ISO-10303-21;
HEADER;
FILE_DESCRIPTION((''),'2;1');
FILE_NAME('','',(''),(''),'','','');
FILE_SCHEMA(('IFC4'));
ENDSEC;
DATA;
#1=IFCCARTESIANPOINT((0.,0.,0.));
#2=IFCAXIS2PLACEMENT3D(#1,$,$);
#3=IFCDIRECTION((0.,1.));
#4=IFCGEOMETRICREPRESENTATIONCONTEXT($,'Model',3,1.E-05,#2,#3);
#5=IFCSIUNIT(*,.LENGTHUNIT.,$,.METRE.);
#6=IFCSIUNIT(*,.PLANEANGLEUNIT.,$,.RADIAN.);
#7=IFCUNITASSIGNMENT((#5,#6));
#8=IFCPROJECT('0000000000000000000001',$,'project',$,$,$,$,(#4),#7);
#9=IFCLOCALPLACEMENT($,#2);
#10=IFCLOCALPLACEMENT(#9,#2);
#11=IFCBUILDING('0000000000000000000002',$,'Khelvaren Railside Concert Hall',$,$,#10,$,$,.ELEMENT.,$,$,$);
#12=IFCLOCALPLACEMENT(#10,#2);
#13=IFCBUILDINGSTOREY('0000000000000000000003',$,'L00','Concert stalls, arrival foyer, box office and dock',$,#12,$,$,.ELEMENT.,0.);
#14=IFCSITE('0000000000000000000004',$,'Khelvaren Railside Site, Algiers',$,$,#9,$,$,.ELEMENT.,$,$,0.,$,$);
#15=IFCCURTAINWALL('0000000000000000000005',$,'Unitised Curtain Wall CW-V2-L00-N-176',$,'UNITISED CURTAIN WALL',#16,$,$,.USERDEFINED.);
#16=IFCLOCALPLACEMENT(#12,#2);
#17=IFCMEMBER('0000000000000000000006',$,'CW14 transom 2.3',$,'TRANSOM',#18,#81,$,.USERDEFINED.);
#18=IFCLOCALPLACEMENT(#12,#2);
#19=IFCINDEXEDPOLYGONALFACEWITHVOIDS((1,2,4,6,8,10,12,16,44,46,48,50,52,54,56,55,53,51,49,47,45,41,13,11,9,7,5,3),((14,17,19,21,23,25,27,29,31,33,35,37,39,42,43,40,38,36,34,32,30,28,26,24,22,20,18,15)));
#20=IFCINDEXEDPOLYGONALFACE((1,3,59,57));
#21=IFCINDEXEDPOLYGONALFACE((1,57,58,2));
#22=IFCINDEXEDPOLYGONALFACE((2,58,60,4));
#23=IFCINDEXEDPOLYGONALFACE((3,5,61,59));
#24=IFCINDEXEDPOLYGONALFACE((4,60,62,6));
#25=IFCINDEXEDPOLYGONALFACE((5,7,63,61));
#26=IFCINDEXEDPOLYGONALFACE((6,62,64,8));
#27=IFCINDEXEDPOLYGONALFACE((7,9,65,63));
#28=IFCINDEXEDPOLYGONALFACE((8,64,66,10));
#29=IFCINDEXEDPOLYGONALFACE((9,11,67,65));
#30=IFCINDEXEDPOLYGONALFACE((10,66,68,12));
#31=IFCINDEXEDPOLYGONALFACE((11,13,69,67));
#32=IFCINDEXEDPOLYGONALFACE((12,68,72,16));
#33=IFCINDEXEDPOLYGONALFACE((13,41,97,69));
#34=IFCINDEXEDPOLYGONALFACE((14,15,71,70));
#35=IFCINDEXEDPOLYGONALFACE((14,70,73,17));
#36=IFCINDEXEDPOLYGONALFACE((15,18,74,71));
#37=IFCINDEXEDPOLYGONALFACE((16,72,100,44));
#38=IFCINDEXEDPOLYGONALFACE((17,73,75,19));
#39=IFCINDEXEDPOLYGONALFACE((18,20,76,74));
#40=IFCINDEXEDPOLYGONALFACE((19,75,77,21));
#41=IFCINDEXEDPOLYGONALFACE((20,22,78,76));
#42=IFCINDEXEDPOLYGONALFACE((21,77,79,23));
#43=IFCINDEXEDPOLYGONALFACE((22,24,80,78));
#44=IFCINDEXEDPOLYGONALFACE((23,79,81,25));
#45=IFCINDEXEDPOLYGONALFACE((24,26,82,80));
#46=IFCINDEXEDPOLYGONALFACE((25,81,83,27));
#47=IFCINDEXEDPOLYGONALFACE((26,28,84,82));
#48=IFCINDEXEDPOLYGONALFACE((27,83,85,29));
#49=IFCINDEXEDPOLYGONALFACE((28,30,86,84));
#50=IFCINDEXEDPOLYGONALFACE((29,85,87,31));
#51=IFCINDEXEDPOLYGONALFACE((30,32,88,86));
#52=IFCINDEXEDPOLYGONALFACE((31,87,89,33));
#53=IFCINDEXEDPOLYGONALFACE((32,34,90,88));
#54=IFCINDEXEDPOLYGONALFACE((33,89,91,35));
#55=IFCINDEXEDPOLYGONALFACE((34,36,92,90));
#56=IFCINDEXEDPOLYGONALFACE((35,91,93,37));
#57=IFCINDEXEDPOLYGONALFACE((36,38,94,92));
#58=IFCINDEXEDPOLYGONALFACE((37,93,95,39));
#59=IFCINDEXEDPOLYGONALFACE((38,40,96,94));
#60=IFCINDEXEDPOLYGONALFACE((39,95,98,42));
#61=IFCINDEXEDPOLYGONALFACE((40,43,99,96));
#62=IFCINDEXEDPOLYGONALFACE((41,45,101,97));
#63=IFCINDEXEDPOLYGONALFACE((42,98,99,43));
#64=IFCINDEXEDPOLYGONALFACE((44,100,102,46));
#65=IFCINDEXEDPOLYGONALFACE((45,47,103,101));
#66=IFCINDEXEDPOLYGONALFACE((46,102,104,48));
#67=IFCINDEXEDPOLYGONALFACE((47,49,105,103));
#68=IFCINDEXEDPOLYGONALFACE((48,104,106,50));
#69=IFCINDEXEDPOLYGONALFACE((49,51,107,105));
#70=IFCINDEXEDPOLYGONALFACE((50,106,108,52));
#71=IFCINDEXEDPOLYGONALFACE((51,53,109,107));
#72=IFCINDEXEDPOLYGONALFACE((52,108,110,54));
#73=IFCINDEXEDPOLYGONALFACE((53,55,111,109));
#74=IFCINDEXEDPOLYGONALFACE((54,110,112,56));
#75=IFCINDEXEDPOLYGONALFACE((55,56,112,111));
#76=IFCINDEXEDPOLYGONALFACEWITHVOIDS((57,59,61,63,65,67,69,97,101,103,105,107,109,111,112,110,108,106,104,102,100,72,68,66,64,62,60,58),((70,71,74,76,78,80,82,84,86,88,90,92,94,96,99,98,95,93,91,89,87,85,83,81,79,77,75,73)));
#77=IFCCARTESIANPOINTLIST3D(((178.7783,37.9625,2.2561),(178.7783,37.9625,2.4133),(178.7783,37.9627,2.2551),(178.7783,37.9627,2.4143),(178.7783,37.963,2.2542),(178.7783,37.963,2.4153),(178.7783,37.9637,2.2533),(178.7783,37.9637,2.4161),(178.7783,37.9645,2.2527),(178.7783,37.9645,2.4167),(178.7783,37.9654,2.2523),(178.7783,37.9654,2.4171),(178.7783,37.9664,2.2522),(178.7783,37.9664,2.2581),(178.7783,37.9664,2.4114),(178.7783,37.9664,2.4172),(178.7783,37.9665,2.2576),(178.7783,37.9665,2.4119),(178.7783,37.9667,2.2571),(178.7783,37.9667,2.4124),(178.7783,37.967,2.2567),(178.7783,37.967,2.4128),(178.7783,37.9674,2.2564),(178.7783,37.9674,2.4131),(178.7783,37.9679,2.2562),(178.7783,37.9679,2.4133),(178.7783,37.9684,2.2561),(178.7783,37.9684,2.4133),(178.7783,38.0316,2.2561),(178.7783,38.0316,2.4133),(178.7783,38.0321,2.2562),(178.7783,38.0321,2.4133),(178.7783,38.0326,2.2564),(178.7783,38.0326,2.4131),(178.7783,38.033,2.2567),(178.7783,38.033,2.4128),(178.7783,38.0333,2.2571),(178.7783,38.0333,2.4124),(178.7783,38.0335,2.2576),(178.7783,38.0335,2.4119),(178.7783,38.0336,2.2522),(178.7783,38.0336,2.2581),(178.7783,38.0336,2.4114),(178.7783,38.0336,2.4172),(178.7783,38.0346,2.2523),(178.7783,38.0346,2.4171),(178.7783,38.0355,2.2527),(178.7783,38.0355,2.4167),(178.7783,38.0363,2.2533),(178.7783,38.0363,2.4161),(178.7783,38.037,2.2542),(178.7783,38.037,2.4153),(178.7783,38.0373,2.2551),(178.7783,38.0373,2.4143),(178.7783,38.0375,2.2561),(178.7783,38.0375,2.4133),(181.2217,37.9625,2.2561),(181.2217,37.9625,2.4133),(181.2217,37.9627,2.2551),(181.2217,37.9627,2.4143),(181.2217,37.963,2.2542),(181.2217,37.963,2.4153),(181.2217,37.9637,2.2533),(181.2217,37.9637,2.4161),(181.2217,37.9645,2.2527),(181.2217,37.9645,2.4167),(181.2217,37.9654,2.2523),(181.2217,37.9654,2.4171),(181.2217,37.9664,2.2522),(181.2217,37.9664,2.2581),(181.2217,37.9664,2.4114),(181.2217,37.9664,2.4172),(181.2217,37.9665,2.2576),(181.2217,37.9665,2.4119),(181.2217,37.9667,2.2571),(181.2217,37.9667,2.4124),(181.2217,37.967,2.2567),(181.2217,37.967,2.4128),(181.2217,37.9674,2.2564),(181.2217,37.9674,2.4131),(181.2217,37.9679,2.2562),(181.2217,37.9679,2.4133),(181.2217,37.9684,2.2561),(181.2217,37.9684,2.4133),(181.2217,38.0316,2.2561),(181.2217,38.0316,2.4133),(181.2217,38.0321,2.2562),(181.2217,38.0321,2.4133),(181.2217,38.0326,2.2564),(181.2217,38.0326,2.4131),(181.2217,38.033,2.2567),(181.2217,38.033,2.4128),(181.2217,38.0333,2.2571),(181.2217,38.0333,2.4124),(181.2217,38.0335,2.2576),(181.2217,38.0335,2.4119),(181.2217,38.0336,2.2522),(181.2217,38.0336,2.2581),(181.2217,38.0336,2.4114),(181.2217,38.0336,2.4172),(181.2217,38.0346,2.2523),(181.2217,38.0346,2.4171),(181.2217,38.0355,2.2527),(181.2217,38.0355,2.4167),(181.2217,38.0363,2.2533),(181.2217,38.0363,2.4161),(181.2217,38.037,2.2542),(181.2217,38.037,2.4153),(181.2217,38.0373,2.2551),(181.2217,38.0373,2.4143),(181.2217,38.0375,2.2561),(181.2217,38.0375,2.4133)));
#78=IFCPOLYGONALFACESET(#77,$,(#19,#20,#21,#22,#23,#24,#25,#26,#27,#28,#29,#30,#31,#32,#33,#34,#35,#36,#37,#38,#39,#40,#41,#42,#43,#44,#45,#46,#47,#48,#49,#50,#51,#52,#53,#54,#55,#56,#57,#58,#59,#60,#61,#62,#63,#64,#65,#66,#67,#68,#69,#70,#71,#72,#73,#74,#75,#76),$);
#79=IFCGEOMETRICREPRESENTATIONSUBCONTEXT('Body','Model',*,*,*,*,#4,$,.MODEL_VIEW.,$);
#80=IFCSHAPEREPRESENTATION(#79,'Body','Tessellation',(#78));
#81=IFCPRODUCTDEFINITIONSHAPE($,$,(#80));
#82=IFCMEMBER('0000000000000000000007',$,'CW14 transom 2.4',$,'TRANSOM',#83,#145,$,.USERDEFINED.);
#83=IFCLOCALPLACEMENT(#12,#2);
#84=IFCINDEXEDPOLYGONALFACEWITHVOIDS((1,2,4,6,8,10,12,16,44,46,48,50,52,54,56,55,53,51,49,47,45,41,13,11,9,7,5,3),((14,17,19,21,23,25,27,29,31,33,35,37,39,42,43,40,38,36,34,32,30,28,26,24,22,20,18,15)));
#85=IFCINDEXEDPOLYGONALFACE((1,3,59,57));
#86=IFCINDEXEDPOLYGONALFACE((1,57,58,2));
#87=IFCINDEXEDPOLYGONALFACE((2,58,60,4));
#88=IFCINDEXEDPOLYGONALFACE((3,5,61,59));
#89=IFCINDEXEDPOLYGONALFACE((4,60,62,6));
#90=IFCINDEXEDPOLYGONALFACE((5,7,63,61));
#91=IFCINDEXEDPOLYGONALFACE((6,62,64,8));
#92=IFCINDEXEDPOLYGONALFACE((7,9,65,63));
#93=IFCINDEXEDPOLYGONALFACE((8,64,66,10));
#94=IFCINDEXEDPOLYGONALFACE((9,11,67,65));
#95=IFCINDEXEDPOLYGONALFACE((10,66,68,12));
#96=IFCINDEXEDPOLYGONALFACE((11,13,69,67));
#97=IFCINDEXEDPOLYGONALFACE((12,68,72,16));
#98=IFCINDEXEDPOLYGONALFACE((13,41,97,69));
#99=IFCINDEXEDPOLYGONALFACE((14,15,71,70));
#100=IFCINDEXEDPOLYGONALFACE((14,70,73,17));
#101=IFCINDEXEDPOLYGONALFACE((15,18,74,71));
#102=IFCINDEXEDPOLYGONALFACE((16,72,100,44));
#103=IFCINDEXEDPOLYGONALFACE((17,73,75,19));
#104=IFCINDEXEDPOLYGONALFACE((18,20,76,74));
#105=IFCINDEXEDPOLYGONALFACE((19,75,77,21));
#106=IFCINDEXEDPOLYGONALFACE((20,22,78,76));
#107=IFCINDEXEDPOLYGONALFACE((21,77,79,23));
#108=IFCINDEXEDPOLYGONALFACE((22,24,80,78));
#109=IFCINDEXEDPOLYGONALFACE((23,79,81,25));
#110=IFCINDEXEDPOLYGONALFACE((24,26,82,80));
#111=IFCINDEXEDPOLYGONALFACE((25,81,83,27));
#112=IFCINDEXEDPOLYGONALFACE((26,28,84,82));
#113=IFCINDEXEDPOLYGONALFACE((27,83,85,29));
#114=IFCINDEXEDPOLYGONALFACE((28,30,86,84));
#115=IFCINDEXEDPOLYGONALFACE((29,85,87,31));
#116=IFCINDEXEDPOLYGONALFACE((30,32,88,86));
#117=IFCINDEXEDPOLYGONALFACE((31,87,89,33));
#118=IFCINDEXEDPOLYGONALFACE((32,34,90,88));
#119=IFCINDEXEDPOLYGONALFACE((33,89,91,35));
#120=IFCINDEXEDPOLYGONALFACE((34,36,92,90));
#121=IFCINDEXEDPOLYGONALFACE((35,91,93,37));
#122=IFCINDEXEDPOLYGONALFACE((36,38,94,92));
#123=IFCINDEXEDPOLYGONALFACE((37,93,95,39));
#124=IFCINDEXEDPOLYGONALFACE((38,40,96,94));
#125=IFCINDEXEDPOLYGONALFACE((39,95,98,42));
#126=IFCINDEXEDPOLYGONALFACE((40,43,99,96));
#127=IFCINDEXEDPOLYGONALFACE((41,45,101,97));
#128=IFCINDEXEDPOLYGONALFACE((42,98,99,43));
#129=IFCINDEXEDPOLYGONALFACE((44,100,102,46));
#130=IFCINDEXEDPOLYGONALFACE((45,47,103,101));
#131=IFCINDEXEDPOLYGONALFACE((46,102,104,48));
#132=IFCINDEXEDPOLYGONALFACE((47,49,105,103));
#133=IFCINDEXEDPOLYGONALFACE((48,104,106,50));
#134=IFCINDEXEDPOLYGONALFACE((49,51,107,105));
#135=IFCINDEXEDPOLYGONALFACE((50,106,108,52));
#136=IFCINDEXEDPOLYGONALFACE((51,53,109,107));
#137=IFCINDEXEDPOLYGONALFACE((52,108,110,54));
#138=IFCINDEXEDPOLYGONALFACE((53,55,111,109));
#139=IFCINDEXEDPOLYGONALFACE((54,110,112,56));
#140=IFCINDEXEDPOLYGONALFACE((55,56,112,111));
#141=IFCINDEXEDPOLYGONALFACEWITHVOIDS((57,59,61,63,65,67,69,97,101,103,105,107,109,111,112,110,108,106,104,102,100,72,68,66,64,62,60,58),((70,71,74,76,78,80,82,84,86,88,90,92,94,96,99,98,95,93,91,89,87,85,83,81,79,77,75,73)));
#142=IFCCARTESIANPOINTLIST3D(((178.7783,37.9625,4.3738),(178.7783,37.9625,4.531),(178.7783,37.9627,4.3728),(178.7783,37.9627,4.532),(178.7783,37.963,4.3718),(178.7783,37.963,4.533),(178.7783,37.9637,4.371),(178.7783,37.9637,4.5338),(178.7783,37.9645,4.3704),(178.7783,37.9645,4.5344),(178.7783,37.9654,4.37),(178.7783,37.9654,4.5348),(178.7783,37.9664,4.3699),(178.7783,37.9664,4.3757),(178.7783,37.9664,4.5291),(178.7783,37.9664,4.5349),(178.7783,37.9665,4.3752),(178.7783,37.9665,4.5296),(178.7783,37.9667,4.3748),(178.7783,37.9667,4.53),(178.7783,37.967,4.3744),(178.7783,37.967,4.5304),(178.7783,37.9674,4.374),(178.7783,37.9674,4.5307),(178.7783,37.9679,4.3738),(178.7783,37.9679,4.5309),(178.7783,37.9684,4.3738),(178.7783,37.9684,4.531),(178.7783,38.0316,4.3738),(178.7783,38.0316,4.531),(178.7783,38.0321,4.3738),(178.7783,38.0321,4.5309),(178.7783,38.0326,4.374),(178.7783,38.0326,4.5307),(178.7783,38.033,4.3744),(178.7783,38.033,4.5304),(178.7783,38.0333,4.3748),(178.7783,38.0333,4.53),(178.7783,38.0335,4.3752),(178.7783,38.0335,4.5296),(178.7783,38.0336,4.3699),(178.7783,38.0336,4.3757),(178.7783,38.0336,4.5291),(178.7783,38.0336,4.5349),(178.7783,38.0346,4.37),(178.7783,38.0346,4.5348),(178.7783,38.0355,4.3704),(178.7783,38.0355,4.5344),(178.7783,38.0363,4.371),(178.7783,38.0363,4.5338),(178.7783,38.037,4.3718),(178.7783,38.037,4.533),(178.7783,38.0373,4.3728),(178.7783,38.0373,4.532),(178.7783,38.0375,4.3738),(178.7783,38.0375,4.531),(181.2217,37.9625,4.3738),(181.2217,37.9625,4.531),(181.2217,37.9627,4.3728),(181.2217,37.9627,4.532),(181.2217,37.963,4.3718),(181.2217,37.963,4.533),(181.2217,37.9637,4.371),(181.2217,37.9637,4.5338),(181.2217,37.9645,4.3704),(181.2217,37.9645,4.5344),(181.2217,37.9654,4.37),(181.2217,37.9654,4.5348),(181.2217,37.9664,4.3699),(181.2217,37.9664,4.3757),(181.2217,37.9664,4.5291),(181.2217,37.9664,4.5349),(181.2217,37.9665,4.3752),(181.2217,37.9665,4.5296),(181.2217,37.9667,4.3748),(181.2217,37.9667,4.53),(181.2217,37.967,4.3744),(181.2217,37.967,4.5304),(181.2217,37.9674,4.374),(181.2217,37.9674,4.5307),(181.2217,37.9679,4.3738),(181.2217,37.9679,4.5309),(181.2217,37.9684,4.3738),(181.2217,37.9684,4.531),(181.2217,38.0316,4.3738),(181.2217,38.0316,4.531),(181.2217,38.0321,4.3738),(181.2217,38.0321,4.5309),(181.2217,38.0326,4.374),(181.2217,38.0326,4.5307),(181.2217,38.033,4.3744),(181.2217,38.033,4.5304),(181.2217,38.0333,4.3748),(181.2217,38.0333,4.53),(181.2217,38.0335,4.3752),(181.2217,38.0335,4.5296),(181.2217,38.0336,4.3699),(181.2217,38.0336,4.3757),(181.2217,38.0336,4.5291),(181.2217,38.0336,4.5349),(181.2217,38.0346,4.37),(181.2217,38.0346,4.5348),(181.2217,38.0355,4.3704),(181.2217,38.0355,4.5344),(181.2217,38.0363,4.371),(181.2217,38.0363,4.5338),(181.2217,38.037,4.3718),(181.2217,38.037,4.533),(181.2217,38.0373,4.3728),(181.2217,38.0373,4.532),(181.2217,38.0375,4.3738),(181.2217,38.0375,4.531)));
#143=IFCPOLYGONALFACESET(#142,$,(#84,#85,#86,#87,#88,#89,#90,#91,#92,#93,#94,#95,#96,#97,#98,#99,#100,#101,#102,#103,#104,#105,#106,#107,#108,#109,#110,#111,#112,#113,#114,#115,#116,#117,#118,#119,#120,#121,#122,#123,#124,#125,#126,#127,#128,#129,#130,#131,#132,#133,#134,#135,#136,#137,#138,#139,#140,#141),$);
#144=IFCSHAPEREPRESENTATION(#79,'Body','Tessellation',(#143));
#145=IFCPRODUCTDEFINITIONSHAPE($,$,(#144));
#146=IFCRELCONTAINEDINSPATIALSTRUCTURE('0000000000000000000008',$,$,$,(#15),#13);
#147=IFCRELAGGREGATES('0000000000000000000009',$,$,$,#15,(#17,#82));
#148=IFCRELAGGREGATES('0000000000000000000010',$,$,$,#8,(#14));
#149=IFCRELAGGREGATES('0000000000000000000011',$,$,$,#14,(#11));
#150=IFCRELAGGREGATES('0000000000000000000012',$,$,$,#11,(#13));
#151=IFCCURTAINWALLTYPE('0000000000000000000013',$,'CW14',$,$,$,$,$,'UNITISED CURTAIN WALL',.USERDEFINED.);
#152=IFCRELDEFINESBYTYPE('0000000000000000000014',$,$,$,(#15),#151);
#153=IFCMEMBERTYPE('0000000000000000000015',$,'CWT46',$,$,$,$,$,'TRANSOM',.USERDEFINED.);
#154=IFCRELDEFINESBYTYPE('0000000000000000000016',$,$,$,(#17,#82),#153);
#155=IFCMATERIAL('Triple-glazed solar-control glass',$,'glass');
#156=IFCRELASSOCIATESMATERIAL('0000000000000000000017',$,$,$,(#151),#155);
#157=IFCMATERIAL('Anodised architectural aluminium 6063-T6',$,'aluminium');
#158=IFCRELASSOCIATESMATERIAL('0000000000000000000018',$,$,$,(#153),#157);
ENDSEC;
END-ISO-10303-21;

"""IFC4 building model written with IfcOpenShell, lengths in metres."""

from ifc_helpers import new_model, si_unit, direction, frame, origin, origin_2d, place, context, subcontext, project, spatial, hollow_rectangle, extrude, material, material_profile, profile_set, type_object, element, aggregate, save


model = new_model("IFC4")

# Units and contexts
model_context = context("Model", 3, precision=1e-05, world=origin(), true_north=direction((0.0, 1.0)))
body_context = subcontext(model_context, "Body", "Model", "MODEL_VIEW")
ifc_project = project(units=[si_unit("LENGTHUNIT", "METRE"), si_unit("PLANEANGLEUNIT", "RADIAN")], contexts=[model_context])

# Site, building, storey
site_placement = place(None, origin())
site = spatial("IfcSite", under=ifc_project, at=site_placement, Name="Khelvaren Railside Site, Algiers", CompositionType="ELEMENT", RefElevation=0.0)
building_placement = place(site_placement, origin())
building = spatial("IfcBuilding", under=site, at=building_placement, Name="Khelvaren Railside Concert Hall", CompositionType="ELEMENT")
storey_placement = place(building_placement, origin())
storey = spatial("IfcBuildingStorey", under=building, at=storey_placement, Name="L00", Description="Concert stalls, arrival foyer, box office and dock", CompositionType="ELEMENT", Elevation=0.0)

# Curtain wall, members
ifc_material_1 = material(Name="Triple-glazed solar-control glass", Category="glass")
curtain_wall_type = type_object("IfcCurtainWallType", Name="CW14", ElementType="UNITISED CURTAIN WALL", PredefinedType="USERDEFINED", material=ifc_material_1)
curtain_wall_placement = place(storey_placement, origin())
curtain_wall = element("IfcCurtainWall", 1, at=curtain_wall_placement, inside=storey, type_object=curtain_wall_type, Name="Unitised Curtain Wall CW-V2-L00-N-176", ObjectType="UNITISED CURTAIN WALL", PredefinedType="USERDEFINED")
ifc_material_2 = material(Name="Anodised architectural aluminium 6063-T6", Category="aluminium")
ifc_material_profile_1 = material_profile(ifc_material_2, hollow_rectangle(XDim=0.075, YDim=0.165, WallThickness=0.0039, InnerFilletRadius=0.002, OuterFilletRadius=0.0039, at=origin_2d()), Name="CWT 75x165x4")
ifc_profile_set_1 = profile_set([ifc_material_profile_1], Name="Anodised architectural aluminium 6063-T6")
member_type_1 = type_object("IfcMemberType", Name="CWT46", ElementType="TRANSOM", PredefinedType="USERDEFINED", material=ifc_profile_set_1)
member_1_placement = place(storey_placement, frame((178.7783, 38.0, 2.3347), z_axis=(1.0, 0.0, 0.0), x_axis=(0.0, 1.0, 0.0)))
member_1 = element("IfcMember", 2, at=member_1_placement, type_object=member_type_1, Name="CW14 transom 2.3", ObjectType="TRANSOM", PredefinedType="USERDEFINED", context=body_context, shape_type="SweptSolid", body=[
    extrude(hollow_rectangle(XDim=0.075, YDim=0.165, WallThickness=0.0039, InnerFilletRadius=0.002, OuterFilletRadius=0.0039, at=origin_2d()), origin(), (0.0, 0.0, 1.0), 2.4434),
])
member_2_placement = place(storey_placement, frame((178.7783, 38.0, 4.4524), z_axis=(1.0, 0.0, 0.0), x_axis=(0.0, 1.0, 0.0)))
member_2 = element("IfcMember", 3, at=member_2_placement, type_object=member_type_1, Name="CW14 transom 2.4", ObjectType="TRANSOM", PredefinedType="USERDEFINED", context=body_context, shape_type="SweptSolid", body=[
    extrude(hollow_rectangle(XDim=0.075, YDim=0.165, WallThickness=0.0039, InnerFilletRadius=0.002, OuterFilletRadius=0.0039, at=origin_2d()), origin(), (0.0, 0.0, 1.0), 2.4434),
])

aggregate(curtain_wall, [member_1, member_2])

save(model, "model.ifc")
